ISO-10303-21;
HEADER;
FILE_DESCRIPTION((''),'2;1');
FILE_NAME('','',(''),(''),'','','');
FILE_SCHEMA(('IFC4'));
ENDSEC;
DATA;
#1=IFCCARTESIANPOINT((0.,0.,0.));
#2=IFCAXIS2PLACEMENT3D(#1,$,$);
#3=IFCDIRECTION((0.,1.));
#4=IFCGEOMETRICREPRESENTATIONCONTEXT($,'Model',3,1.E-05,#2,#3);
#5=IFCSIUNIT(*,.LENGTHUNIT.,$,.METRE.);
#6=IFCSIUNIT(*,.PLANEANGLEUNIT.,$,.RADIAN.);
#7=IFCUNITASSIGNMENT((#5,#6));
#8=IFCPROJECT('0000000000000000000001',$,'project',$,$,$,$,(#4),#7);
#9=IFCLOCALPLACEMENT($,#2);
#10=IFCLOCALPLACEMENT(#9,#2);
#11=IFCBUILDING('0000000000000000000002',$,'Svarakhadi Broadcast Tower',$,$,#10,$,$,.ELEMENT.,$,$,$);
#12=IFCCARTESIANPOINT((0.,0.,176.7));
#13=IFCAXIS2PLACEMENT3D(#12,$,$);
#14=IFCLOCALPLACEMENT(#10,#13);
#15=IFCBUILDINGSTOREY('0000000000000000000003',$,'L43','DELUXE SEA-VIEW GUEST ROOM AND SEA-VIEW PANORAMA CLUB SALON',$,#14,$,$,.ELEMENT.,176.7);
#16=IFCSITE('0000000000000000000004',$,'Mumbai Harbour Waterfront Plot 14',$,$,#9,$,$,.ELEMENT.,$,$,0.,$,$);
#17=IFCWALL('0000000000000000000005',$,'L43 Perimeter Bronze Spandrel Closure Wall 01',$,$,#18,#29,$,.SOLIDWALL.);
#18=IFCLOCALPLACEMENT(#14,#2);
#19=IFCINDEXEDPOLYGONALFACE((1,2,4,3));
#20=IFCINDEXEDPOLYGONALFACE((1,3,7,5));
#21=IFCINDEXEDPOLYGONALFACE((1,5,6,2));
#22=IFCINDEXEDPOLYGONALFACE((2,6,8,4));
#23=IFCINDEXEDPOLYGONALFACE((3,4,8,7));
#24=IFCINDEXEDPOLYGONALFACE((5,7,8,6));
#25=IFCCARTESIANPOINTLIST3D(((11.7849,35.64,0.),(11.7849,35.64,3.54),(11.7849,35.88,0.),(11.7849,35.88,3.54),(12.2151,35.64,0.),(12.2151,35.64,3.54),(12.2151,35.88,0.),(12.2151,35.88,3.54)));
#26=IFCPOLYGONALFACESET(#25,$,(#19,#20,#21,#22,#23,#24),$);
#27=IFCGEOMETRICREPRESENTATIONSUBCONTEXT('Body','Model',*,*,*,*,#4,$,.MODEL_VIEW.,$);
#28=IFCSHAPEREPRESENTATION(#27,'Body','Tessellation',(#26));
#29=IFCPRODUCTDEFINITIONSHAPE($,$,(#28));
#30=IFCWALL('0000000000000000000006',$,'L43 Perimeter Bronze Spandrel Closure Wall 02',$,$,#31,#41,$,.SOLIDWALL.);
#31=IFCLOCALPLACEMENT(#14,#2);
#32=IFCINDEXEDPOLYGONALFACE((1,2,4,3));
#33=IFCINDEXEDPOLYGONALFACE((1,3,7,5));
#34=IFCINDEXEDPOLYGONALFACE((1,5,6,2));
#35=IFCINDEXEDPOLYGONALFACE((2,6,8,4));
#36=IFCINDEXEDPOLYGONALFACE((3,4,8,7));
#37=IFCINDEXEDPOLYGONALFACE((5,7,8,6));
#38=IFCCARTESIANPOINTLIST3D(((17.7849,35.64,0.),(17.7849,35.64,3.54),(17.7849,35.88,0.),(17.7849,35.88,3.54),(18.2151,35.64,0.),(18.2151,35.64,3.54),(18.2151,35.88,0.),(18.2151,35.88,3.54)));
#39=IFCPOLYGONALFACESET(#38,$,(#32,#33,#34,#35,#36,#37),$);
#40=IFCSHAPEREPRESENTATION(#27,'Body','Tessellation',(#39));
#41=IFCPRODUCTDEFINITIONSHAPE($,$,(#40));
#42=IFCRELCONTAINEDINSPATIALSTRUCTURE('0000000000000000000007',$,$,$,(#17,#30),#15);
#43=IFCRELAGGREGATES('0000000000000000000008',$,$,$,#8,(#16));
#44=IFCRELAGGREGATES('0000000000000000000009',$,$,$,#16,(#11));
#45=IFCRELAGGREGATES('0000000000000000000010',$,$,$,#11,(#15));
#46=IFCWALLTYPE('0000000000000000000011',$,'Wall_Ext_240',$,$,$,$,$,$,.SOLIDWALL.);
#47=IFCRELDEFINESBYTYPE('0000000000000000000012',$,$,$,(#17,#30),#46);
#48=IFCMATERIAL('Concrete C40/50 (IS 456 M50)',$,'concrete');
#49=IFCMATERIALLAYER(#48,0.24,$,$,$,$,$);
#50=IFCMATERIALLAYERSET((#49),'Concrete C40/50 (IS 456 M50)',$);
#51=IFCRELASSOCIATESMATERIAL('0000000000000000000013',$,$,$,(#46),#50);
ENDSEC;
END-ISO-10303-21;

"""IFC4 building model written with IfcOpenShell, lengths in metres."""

from ifc_helpers import new_model, si_unit, direction, frame, frame_2d, origin, place, context, subcontext, project, spatial, rectangle, extrude, material, layer, layer_set, type_object, element, save


model = new_model("IFC4")

# Units and contexts
model_context = context("Model", 3, precision=1e-05, world=origin(), true_north=direction((0.0, 1.0)))
body_context = subcontext(model_context, "Body", "Model", "MODEL_VIEW")
ifc_project = project(units=[si_unit("LENGTHUNIT", "METRE"), si_unit("PLANEANGLEUNIT", "RADIAN")], contexts=[model_context])

# Site, building, storey
site_placement = place(None, origin())
site = spatial("IfcSite", under=ifc_project, at=site_placement, Name="Mumbai Harbour Waterfront Plot 14", CompositionType="ELEMENT", RefElevation=0.0)
building_placement = place(site_placement, origin())
building = spatial("IfcBuilding", under=site, at=building_placement, Name="Svarakhadi Broadcast Tower", CompositionType="ELEMENT")
storey_placement = place(building_placement, frame((0.0, 0.0, 176.7)))
storey = spatial("IfcBuildingStorey", under=building, at=storey_placement, Name="L43", Description="DELUXE SEA-VIEW GUEST ROOM AND SEA-VIEW PANORAMA CLUB SALON", CompositionType="ELEMENT", Elevation=176.7)

# Walls
ifc_material_1 = material(Name="Concrete C40/50 (IS 456 M50)", Category="concrete")
ifc_layer_1 = layer(ifc_material_1, 0.24)
ifc_layer_set_1 = layer_set([ifc_layer_1], Name="Concrete C40/50 (IS 456 M50)")
wall_type_1 = type_object("IfcWallType", Name="Wall_Ext_240", PredefinedType="SOLIDWALL", material=ifc_layer_set_1)
for number, where, z_axis, x_axis, name in (
    (1, (11.7849, 35.76, 0.0), (0.0, 0.0, 1.0), (1.0, 0.0, 0.0), "L43 Perimeter Bronze Spandrel Closure Wall 01"),
    (2, (17.7849, 35.76, 0.0), (0.0, 0.0, 1.0), (1.0, 0.0, 0.0), "L43 Perimeter Bronze Spandrel Closure Wall 02"),
):
    element("IfcWall", number, at=place(storey_placement, frame(where, z_axis=z_axis, x_axis=x_axis)), inside=storey, type_object=wall_type_1, Name=name, PredefinedType="SOLIDWALL", context=body_context, shape_type="SweptSolid", body=[
        extrude(rectangle(XDim=0.4302, YDim=0.24, at=frame_2d((0.2151, 0.0))), origin(), (0.0, 0.0, 1.0), 3.54),
    ])

save(model, "model.ifc")
